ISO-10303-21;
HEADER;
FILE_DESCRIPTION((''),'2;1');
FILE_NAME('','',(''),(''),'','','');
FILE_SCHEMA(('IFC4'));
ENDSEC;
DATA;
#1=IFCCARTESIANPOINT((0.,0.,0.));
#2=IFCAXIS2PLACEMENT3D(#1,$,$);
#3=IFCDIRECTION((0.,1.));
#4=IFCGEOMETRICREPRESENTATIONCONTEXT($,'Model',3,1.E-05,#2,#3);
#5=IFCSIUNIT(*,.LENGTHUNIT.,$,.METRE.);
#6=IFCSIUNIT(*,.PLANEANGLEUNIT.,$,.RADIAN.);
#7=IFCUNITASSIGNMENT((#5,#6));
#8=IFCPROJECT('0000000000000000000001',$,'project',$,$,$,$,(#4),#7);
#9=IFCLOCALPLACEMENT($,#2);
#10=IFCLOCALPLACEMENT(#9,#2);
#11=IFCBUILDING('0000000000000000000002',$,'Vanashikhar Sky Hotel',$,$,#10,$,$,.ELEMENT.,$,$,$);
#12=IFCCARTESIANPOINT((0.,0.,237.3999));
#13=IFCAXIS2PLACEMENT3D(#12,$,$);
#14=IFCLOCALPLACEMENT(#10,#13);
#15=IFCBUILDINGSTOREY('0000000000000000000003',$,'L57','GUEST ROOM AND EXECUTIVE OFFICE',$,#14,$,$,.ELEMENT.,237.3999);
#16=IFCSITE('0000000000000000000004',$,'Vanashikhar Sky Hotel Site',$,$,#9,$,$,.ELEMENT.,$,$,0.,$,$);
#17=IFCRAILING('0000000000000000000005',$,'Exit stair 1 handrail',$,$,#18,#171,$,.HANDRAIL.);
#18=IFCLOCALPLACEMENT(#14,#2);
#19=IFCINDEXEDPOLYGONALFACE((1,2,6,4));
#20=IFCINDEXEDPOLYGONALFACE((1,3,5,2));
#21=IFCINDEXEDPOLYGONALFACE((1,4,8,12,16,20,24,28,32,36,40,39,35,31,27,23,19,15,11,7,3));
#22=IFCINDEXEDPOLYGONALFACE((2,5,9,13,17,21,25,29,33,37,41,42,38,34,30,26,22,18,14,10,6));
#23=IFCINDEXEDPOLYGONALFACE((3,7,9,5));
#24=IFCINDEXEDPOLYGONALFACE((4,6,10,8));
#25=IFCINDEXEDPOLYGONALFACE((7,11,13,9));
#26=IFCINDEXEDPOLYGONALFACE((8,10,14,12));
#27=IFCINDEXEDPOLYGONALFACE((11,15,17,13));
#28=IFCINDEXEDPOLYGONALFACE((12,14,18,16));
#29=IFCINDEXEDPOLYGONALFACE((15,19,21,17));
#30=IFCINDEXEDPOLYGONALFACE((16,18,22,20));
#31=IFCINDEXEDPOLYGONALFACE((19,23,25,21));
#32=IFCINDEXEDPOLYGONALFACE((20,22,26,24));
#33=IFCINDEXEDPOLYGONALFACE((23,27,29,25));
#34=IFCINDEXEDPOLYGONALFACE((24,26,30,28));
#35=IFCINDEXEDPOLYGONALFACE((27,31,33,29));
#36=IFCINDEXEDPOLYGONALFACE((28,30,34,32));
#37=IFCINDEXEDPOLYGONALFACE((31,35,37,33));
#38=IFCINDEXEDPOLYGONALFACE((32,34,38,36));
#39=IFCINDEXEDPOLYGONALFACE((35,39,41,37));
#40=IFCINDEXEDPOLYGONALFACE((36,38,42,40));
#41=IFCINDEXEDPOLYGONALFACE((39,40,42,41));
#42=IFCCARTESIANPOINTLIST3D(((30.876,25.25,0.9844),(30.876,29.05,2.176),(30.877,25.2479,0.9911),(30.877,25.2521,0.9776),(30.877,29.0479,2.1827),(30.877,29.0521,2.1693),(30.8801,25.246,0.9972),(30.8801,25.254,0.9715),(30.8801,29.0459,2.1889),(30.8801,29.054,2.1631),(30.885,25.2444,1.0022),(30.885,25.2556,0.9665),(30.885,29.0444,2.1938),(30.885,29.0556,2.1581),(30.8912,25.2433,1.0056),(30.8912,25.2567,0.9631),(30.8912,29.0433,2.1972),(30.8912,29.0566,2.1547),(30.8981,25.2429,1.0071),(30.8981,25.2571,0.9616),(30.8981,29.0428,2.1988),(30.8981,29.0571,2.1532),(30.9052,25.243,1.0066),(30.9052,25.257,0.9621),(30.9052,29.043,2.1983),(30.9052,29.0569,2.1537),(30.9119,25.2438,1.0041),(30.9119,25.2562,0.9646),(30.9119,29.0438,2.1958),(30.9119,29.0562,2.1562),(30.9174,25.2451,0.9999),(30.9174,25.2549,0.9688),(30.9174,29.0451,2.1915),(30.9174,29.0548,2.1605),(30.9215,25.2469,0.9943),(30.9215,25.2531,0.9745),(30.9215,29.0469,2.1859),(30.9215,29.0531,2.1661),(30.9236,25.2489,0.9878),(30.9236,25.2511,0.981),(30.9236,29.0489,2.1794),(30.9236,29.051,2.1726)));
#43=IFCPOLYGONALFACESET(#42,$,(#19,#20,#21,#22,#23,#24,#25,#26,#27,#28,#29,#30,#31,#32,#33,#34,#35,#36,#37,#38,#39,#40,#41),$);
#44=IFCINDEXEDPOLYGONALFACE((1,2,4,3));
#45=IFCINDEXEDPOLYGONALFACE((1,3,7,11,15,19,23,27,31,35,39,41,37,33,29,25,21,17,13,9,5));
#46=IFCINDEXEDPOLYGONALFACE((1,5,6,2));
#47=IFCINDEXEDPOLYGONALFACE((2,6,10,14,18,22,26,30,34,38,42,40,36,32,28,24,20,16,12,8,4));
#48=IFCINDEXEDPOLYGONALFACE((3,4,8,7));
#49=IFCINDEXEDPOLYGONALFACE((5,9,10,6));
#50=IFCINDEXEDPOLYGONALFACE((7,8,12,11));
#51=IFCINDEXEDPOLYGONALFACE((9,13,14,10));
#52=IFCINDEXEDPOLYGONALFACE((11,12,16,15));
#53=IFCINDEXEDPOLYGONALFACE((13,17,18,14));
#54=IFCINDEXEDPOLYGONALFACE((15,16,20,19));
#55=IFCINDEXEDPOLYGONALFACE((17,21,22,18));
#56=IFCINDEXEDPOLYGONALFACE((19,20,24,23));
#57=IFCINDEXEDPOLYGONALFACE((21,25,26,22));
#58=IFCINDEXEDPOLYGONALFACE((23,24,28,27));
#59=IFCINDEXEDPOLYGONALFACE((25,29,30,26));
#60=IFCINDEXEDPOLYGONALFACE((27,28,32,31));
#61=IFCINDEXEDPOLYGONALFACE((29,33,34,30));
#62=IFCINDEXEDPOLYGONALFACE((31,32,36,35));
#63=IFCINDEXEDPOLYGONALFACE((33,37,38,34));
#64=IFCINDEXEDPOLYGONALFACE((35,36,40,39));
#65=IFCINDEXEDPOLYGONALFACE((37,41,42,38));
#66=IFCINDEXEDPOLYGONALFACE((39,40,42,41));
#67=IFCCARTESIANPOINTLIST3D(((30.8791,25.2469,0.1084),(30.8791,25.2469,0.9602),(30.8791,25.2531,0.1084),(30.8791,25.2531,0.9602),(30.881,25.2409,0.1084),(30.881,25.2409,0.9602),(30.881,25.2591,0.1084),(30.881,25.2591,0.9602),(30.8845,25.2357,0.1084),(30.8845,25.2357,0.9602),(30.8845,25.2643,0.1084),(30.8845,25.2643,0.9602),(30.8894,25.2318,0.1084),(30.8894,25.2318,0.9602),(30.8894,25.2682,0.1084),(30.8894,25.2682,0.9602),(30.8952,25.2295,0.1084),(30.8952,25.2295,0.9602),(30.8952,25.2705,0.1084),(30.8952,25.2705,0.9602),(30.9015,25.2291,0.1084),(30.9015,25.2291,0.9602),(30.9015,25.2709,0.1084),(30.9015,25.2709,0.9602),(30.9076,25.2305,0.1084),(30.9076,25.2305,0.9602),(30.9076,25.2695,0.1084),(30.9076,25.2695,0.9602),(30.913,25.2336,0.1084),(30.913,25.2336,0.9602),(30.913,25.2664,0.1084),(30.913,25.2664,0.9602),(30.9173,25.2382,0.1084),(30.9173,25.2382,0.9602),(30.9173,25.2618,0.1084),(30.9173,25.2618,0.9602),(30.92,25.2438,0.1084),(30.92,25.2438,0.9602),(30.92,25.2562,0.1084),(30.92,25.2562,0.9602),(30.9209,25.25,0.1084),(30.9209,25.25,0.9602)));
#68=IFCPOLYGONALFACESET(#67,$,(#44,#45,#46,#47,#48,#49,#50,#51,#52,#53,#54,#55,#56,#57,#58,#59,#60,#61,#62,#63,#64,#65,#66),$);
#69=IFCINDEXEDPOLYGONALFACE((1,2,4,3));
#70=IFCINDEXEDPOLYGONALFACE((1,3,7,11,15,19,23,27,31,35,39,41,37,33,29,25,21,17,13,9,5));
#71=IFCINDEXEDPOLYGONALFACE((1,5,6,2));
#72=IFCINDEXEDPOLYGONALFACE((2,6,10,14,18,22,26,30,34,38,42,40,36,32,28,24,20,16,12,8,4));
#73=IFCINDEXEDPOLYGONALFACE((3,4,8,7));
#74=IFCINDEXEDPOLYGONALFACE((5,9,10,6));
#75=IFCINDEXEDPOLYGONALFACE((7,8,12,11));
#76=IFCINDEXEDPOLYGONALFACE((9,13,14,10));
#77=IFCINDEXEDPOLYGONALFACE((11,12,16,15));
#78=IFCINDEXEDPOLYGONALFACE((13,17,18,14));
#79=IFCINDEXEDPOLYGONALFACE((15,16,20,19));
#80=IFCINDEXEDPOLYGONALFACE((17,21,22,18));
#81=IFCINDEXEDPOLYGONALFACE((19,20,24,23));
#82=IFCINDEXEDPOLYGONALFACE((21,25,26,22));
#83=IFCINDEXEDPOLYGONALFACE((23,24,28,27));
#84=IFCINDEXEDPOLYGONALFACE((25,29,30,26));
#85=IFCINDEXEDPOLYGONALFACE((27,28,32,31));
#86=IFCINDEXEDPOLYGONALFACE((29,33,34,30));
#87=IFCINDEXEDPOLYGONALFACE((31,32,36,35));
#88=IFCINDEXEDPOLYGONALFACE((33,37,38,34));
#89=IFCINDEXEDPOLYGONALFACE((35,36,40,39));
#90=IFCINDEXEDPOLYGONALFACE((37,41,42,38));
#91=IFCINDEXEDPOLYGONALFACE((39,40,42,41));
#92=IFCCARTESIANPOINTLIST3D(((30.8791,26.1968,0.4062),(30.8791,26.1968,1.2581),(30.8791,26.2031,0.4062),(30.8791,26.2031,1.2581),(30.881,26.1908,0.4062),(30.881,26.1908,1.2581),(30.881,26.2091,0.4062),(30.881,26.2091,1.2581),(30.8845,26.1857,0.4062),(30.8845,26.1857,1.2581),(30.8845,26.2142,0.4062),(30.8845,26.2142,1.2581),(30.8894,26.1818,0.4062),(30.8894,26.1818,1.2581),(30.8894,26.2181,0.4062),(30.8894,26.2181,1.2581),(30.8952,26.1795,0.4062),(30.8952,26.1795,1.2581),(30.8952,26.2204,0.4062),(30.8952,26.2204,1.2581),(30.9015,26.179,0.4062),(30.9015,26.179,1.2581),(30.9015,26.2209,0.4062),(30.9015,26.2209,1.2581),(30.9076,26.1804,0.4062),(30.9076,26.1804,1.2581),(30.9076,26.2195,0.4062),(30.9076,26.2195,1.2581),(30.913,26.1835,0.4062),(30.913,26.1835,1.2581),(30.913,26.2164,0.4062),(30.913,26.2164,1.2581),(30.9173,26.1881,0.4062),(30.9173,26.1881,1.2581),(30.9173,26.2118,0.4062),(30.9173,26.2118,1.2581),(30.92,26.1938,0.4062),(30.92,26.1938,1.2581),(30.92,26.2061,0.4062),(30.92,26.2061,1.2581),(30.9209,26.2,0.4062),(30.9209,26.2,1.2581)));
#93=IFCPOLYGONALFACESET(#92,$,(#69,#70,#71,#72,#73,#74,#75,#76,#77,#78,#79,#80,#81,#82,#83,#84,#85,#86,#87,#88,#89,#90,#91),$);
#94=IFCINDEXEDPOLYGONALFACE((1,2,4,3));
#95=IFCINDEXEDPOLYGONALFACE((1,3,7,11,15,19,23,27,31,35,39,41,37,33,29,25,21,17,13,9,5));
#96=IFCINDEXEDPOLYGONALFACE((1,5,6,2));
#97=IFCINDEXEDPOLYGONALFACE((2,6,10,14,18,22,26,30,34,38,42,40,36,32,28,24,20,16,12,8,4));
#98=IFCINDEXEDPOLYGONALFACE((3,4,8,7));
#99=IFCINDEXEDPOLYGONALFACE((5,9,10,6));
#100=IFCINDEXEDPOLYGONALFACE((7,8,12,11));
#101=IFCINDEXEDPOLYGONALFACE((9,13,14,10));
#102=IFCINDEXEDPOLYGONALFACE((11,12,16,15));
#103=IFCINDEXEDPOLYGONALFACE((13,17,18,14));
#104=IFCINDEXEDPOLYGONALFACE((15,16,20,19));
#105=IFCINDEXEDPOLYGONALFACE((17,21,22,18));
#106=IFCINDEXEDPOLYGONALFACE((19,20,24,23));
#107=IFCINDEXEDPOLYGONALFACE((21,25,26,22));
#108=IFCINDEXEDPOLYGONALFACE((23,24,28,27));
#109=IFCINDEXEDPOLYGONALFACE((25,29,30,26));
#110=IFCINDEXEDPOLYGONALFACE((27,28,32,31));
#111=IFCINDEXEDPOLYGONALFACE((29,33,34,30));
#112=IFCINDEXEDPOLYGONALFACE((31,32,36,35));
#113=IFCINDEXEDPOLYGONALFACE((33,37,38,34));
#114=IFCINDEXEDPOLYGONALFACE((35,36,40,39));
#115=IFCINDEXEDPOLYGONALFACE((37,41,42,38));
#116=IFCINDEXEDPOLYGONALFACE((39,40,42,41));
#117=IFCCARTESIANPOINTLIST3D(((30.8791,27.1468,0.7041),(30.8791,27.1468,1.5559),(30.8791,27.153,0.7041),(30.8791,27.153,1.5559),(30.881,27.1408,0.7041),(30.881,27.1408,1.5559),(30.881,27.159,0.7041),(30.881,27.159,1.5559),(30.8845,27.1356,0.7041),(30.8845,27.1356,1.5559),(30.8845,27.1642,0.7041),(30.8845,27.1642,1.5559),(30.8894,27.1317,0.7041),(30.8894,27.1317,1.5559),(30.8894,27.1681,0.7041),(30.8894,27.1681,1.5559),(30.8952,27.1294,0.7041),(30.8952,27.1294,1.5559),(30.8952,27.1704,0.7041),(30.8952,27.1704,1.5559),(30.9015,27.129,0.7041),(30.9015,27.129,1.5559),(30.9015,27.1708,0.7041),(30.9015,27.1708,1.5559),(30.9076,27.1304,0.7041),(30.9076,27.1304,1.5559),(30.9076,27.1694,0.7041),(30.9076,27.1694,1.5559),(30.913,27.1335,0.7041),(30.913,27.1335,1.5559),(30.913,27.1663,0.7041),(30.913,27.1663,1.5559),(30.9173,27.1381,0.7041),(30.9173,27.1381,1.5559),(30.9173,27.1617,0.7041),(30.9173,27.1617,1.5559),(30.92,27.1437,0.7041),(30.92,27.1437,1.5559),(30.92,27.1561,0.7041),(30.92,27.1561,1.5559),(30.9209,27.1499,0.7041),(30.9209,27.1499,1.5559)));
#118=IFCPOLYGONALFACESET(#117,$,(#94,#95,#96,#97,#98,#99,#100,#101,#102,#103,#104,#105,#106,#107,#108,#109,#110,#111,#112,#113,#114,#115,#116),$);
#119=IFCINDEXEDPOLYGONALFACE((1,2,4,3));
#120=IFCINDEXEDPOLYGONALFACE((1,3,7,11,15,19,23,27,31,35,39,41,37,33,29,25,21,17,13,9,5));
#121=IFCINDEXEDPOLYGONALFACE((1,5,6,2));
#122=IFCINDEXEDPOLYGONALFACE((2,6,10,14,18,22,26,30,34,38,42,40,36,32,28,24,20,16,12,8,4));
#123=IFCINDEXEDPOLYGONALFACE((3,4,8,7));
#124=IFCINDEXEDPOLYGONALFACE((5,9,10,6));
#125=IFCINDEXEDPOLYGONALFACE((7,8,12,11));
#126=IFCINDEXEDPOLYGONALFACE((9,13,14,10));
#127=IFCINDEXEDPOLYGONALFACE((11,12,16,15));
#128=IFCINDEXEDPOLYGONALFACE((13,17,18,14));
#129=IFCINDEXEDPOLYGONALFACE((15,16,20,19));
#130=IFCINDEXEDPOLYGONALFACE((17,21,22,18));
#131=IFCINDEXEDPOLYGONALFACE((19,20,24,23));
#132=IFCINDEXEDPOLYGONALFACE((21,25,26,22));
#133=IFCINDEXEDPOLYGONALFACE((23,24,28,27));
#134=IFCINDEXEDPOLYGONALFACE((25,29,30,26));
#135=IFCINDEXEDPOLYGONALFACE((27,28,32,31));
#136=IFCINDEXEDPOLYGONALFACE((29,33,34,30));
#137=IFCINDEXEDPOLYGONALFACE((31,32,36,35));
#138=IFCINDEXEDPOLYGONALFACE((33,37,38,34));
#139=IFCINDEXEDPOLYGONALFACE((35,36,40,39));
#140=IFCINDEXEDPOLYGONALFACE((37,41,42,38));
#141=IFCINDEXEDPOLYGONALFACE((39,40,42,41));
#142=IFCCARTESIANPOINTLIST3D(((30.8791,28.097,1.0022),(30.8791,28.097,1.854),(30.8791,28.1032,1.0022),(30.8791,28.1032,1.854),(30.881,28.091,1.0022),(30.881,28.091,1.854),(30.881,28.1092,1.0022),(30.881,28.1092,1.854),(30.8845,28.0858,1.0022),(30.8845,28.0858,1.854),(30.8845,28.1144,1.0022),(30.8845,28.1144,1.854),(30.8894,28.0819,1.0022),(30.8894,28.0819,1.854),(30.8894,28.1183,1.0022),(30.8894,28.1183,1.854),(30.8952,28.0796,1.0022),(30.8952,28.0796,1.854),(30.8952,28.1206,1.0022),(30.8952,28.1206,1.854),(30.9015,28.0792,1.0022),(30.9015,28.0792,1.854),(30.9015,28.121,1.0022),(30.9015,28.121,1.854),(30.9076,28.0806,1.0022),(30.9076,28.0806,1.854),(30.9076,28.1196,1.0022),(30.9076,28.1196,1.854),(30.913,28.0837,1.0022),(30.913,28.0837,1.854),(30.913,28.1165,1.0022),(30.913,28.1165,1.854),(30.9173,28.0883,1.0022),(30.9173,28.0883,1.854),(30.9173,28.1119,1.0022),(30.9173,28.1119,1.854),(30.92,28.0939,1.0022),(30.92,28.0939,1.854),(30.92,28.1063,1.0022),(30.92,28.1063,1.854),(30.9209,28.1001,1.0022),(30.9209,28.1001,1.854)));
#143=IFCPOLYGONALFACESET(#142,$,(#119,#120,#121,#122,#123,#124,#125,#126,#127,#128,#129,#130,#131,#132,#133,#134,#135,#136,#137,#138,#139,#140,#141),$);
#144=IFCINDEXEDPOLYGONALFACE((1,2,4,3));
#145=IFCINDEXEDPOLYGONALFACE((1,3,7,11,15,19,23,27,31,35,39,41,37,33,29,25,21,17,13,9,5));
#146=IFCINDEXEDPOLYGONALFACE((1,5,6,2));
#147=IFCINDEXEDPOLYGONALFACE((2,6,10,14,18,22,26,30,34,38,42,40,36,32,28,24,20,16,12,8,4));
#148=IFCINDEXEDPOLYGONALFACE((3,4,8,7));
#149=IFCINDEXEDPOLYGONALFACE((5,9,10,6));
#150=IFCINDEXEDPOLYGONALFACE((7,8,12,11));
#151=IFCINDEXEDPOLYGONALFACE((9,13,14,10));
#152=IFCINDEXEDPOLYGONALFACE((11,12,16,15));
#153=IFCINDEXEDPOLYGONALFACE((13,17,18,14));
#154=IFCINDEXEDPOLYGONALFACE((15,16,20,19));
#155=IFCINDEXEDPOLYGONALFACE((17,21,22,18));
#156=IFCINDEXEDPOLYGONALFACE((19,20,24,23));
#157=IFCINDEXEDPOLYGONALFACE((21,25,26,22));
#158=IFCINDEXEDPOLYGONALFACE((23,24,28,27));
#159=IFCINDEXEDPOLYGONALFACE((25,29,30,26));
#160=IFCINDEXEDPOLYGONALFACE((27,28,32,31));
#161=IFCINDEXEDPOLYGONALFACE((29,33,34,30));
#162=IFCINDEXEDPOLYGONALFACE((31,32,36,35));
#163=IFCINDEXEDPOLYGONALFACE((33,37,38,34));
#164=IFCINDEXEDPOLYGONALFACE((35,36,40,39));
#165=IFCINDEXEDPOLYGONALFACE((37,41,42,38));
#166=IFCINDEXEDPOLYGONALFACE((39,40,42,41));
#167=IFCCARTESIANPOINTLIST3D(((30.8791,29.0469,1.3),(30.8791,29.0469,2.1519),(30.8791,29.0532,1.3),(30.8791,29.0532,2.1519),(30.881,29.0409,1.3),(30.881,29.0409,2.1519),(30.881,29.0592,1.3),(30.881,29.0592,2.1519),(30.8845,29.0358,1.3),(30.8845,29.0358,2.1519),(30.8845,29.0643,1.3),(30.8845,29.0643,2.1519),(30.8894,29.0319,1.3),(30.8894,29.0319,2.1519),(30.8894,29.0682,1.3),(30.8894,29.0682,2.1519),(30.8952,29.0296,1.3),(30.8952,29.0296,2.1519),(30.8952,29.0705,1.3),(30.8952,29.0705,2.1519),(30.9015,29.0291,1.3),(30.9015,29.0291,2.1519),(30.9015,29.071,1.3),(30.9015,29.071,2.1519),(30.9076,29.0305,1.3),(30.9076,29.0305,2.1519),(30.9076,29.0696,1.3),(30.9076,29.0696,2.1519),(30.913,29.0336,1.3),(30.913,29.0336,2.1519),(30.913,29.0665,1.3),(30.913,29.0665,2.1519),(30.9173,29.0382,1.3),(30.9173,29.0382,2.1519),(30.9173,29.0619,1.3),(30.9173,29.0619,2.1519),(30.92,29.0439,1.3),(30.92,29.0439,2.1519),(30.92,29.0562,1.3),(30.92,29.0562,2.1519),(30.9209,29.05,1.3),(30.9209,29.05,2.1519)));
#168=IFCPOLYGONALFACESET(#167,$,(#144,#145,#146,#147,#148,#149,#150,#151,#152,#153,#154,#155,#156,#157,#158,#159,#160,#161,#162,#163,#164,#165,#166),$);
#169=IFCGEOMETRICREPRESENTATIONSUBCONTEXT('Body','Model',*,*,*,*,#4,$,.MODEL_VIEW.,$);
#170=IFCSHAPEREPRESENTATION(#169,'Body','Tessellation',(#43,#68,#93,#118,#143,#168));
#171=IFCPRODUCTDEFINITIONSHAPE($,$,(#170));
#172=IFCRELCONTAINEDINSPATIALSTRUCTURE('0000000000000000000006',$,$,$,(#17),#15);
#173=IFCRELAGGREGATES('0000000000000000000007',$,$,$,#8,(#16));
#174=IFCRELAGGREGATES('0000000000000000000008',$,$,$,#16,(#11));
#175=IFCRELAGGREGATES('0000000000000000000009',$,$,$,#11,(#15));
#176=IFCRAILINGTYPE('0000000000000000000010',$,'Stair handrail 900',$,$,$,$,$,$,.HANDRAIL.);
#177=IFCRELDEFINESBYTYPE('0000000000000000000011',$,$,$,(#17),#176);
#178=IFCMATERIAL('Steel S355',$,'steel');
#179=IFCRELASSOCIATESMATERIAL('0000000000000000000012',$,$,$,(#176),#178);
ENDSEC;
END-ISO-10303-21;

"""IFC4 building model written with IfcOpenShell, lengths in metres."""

from ifc_helpers import new_model, si_unit, direction, frame, origin, origin_2d, place, context, subcontext, project, spatial, circle, extrude, source, transform, mapped, material, type_object, element, save


model = new_model("IFC4")

# Units and contexts
model_context = context("Model", 3, precision=1e-05, world=origin(), true_north=direction((0.0, 1.0)))
body_context = subcontext(model_context, "Body", "Model", "MODEL_VIEW")
ifc_project = project(units=[si_unit("LENGTHUNIT", "METRE"), si_unit("PLANEANGLEUNIT", "RADIAN")], contexts=[model_context])

# Site, building, storey
site_placement = place(None, origin())
site = spatial("IfcSite", under=ifc_project, at=site_placement, Name="Vanashikhar Sky Hotel Site", CompositionType="ELEMENT", RefElevation=0.0)
building_placement = place(site_placement, origin())
building = spatial("IfcBuilding", under=site, at=building_placement, Name="Vanashikhar Sky Hotel", CompositionType="ELEMENT")
storey_placement = place(building_placement, frame((0.0, 0.0, 237.3999)))
storey = spatial("IfcBuildingStorey", under=building, at=storey_placement, Name="L57", Description="GUEST ROOM AND EXECUTIVE OFFICE", CompositionType="ELEMENT", Elevation=237.3999)

# Railing
ifc_material_1 = material(Name="Steel S355", Category="steel")
railing_type_1 = type_object("IfcRailingType", Name="Stair handrail 900", PredefinedType="HANDRAIL", material=ifc_material_1)
shared_shape_1 = source(origin(), body_context, "Body", "SweptSolid", [
    extrude(circle(Radius=0.0239, at=origin_2d()), frame((0.0, 0.0, 0.876), z_axis=(0.0, 0.954184, 0.299221), x_axis=(-1.0, 0.0, 0.0)), (0.0, 0.0, 1.0), 3.9824),
    extrude(circle(Radius=0.021, at=origin_2d()), origin(), (0.0, 0.0, 1.0), 0.8518),
    extrude(circle(Radius=0.021, at=origin_2d()), frame((0.0, 0.95, 0.2979)), (0.0, 0.0, 1.0), 0.8518),
    extrude(circle(Radius=0.021, at=origin_2d()), frame((0.0, 1.8999, 0.5957)), (0.0, 0.0, 1.0), 0.8518),
    extrude(circle(Radius=0.021, at=origin_2d()), frame((0.0, 2.8501, 0.8938)), (0.0, 0.0, 1.0), 0.8518),
    extrude(circle(Radius=0.021, at=origin_2d()), frame((0.0, 3.8, 1.1917)), (0.0, 0.0, 1.0), 0.8518),
])
for number, where, name in (
    (1, (30.8999, 25.25, 0.1084), "Exit stair 1 handrail"),
):
    element("IfcRailing", number, at=place(storey_placement, frame(where)), inside=storey, type_object=railing_type_1, Name=name, PredefinedType="HANDRAIL", context=body_context, shape_type="MappedRepresentation", body=[
        mapped(shared_shape_1, transform((0.0, 0.0, 0.0), scale=1.0)),
    ])

save(model, "model.ifc")
